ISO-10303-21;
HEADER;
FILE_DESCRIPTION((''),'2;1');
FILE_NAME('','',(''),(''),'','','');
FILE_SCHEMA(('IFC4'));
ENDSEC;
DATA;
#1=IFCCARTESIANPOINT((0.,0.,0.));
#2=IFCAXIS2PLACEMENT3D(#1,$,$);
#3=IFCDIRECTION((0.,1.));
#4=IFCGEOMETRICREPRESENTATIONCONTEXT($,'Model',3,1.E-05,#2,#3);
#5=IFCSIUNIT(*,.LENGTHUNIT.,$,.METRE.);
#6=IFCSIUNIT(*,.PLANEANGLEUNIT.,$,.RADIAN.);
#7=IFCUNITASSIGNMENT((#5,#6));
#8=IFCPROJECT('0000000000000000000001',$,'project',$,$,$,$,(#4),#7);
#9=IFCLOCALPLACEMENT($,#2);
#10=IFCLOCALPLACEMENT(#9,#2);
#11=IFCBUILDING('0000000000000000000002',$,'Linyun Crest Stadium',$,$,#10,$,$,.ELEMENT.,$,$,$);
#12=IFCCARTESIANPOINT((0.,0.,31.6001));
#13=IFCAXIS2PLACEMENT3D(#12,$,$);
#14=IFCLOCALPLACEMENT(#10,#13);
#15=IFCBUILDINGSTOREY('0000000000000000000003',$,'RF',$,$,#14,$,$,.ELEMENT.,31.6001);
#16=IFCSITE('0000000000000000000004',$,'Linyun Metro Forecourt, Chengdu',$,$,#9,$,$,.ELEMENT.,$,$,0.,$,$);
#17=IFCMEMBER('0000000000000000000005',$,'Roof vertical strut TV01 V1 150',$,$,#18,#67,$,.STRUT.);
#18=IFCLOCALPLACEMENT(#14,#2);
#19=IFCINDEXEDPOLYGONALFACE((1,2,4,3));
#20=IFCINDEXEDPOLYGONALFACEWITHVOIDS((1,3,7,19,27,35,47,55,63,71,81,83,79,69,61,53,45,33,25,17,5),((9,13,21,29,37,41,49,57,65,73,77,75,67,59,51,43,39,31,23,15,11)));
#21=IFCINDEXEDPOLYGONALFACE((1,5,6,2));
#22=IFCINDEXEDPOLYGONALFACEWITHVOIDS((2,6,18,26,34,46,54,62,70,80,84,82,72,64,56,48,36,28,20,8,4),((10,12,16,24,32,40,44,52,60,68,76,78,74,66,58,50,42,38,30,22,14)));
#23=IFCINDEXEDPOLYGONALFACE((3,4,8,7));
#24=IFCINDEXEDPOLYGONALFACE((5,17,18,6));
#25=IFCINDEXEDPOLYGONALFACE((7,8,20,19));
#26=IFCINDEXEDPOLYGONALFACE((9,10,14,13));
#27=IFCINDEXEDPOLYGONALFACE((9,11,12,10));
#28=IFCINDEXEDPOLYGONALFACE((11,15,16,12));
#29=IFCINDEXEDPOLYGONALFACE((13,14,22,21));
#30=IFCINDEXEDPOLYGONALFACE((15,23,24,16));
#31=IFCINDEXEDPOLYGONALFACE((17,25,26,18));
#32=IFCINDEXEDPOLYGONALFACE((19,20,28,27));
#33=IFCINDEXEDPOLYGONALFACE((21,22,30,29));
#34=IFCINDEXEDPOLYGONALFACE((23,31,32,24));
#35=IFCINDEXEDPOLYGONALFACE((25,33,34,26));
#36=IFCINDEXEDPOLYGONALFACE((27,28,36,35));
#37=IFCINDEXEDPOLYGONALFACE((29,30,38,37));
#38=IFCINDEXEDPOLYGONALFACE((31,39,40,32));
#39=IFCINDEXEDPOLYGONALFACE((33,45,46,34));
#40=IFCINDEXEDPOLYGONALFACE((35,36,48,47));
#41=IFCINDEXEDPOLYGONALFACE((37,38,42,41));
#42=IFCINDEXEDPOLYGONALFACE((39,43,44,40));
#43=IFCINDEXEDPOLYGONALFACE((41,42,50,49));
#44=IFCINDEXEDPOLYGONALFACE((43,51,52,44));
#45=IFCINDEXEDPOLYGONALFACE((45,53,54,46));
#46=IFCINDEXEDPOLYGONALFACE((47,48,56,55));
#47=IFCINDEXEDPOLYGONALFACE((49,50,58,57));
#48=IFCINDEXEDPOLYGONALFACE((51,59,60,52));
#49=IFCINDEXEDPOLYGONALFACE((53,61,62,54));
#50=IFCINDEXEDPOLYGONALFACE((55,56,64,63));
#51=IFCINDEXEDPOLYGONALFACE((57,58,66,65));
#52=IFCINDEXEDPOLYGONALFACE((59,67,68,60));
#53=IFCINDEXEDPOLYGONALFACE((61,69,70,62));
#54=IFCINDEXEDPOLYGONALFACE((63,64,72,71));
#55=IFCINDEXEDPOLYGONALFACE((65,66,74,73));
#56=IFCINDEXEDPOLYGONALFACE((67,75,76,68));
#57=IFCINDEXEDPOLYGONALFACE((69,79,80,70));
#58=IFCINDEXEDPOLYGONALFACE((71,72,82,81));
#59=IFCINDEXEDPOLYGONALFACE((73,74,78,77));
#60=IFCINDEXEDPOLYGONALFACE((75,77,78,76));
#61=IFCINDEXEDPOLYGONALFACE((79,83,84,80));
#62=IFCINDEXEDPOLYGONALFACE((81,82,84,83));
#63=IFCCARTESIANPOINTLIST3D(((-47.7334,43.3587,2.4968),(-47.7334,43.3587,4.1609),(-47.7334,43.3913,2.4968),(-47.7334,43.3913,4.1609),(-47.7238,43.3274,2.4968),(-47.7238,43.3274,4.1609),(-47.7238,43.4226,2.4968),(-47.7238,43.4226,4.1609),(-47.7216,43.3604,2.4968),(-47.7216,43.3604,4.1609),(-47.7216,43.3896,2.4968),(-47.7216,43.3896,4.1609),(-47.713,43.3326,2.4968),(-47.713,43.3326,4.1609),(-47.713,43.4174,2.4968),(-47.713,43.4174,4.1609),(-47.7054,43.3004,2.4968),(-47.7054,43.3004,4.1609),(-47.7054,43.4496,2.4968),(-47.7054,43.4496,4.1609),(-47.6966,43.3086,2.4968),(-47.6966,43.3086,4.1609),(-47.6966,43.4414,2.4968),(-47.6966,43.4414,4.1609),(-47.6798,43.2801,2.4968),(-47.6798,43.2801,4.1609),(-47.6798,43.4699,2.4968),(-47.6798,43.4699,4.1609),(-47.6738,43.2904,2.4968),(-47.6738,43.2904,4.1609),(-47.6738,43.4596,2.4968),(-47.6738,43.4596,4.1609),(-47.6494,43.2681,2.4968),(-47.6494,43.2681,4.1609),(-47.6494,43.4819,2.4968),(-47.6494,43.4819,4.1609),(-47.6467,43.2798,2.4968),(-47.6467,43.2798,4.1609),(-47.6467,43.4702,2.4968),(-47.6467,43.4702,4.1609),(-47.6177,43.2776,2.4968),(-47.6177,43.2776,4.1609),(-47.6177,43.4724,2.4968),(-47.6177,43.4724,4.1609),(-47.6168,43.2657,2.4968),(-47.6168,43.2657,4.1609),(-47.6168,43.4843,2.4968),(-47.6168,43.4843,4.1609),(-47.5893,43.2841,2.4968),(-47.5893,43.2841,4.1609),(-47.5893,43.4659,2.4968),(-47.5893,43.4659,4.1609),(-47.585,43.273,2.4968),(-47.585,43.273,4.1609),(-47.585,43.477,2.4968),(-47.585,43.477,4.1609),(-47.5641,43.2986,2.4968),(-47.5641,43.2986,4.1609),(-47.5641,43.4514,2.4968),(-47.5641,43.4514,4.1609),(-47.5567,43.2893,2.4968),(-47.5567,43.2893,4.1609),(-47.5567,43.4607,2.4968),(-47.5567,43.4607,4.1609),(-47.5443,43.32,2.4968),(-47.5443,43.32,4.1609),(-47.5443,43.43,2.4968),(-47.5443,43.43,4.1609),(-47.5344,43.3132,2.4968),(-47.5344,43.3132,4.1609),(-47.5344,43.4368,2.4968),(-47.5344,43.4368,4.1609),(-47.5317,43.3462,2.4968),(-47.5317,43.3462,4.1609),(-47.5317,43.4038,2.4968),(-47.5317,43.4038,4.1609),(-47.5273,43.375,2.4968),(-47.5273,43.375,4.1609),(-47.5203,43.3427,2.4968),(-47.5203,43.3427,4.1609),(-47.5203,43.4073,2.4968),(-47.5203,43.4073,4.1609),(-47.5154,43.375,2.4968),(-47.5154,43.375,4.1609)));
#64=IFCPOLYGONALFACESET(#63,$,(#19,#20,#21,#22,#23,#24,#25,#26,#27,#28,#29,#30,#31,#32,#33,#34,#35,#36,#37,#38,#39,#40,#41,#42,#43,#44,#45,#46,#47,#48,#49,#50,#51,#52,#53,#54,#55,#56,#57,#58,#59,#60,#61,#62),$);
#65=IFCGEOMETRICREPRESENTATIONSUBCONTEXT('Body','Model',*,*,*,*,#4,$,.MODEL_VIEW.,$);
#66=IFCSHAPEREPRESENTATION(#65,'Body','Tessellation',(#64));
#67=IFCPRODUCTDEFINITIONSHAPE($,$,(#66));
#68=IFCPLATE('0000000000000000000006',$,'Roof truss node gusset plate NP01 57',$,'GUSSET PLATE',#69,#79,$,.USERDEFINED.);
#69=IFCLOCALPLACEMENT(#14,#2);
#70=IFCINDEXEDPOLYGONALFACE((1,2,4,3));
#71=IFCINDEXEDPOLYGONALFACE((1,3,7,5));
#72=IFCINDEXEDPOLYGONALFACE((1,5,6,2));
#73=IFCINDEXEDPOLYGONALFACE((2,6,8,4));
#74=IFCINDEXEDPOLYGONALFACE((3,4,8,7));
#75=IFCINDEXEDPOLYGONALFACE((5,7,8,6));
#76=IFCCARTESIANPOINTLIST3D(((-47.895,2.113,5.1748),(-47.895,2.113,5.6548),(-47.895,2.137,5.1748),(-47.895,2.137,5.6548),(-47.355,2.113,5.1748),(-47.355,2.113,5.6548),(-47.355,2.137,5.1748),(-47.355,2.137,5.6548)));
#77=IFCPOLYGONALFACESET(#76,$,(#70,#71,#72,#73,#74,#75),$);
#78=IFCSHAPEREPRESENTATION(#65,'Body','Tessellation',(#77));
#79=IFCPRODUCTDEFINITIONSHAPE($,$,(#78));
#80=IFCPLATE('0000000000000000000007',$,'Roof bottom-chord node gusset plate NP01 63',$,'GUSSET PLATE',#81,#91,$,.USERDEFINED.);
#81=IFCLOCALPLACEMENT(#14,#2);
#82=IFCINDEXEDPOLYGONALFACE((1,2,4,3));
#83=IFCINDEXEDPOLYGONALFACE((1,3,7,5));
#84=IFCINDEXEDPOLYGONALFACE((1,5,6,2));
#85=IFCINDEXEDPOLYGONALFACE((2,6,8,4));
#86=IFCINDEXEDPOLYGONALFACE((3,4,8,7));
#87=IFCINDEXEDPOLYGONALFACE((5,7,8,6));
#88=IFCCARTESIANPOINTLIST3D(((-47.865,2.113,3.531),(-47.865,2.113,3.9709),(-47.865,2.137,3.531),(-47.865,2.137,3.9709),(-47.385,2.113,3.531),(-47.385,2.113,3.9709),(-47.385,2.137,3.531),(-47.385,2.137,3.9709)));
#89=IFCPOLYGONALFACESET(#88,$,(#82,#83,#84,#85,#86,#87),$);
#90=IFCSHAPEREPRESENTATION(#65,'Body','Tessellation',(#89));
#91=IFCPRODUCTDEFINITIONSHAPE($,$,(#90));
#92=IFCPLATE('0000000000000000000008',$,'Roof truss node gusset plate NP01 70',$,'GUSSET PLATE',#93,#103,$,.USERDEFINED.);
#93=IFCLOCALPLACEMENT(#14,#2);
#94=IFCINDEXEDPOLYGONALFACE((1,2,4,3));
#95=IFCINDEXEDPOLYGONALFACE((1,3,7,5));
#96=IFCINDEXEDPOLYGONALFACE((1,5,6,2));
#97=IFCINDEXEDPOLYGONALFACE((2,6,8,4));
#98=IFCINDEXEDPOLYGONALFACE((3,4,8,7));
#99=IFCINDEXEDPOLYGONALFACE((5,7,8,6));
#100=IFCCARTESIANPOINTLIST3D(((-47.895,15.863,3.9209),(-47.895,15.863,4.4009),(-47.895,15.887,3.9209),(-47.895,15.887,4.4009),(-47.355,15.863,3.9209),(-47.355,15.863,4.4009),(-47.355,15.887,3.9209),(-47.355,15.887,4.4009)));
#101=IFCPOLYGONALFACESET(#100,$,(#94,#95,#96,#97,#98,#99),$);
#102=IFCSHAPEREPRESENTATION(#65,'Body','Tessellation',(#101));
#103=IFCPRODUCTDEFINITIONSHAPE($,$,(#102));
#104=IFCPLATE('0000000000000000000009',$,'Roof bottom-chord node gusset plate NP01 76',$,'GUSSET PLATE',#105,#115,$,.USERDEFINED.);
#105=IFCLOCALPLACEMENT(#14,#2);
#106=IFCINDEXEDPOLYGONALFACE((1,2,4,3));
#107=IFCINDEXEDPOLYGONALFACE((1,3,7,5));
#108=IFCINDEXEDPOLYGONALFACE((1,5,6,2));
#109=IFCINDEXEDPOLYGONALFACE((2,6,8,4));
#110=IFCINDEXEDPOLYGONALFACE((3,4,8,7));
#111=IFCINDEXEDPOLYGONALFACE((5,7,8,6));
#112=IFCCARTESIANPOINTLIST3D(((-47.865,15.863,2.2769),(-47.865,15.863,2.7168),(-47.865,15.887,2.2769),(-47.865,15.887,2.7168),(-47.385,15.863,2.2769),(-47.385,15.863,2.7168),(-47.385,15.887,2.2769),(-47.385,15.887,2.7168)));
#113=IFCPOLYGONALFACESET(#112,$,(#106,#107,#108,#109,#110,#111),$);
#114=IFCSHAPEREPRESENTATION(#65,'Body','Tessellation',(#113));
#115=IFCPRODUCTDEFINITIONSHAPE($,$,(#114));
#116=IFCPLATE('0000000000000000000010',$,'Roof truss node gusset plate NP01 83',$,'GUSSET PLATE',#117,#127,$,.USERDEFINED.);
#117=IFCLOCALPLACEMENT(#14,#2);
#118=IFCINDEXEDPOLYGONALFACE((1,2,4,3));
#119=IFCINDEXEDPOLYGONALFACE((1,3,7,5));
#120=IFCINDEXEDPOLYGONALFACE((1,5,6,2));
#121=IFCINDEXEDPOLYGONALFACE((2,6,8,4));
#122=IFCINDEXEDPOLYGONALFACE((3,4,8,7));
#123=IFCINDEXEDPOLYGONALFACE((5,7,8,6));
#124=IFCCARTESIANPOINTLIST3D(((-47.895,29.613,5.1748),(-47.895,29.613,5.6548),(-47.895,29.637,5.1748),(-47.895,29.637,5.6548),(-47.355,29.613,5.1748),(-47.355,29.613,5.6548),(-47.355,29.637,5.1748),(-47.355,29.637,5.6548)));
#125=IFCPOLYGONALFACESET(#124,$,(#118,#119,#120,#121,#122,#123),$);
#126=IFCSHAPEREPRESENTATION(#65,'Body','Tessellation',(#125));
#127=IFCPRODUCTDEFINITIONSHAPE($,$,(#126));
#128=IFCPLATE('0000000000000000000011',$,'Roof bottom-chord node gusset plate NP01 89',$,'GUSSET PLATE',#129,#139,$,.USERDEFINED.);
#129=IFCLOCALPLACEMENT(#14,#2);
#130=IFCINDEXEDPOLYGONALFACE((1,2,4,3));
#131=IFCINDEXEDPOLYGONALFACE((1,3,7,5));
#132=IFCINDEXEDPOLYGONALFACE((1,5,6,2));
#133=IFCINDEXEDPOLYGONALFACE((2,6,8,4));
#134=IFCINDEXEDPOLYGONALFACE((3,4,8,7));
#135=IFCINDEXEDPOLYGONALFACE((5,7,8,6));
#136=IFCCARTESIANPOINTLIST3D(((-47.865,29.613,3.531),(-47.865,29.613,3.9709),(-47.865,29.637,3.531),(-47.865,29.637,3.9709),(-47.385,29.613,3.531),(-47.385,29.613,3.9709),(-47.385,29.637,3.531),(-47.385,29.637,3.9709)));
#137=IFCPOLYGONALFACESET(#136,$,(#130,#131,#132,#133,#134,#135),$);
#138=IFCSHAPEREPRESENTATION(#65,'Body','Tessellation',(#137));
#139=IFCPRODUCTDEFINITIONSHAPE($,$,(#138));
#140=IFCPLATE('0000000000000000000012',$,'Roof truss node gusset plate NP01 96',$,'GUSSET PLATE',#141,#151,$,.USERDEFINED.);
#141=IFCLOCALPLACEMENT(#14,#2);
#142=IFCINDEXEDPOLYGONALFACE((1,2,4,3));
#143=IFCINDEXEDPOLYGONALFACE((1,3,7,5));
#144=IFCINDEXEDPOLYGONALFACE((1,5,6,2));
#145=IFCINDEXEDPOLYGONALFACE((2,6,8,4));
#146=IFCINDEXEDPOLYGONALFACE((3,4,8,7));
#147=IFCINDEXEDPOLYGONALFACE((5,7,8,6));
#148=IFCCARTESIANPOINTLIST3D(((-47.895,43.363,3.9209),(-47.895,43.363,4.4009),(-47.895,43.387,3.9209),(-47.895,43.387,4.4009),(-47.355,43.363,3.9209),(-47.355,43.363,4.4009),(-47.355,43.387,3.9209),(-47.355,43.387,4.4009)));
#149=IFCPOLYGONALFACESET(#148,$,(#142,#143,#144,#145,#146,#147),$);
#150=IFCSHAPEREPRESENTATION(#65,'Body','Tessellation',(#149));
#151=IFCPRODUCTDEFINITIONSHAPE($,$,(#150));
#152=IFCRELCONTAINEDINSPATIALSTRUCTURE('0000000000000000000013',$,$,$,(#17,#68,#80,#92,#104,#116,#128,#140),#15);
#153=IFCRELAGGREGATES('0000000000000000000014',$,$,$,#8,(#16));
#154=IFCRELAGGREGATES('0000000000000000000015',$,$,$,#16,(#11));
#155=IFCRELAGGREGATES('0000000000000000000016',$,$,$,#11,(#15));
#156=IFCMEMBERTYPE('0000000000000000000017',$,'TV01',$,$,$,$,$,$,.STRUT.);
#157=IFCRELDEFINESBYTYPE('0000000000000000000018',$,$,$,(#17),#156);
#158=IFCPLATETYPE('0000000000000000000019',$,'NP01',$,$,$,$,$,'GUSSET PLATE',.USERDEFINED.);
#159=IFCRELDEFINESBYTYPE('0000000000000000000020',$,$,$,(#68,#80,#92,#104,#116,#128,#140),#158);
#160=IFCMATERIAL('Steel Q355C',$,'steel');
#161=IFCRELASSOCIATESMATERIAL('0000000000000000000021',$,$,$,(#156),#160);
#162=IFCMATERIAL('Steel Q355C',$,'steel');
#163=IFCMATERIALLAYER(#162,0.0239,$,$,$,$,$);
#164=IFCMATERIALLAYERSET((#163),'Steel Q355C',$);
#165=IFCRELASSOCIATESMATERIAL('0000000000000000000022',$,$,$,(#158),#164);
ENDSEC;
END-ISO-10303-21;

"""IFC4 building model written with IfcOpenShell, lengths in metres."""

from ifc_helpers import new_model, si_unit, direction, frame, origin, origin_2d, place, context, subcontext, project, spatial, rectangle, hollow_circle, extrude, material, layer, layer_set, material_profile, profile_set, type_object, element, save


model = new_model("IFC4")

# Units and contexts
model_context = context("Model", 3, precision=1e-05, world=origin(), true_north=direction((0.0, 1.0)))
body_context = subcontext(model_context, "Body", "Model", "MODEL_VIEW")
ifc_project = project(units=[si_unit("LENGTHUNIT", "METRE"), si_unit("PLANEANGLEUNIT", "RADIAN")], contexts=[model_context])

# Site, building, storey
site_placement = place(None, origin())
site = spatial("IfcSite", under=ifc_project, at=site_placement, Name="Linyun Metro Forecourt, Chengdu", CompositionType="ELEMENT", RefElevation=0.0)
building_placement = place(site_placement, origin())
building = spatial("IfcBuilding", under=site, at=building_placement, Name="Linyun Crest Stadium", CompositionType="ELEMENT")
storey_placement = place(building_placement, frame((0.0, 0.0, 31.6001)))
storey = spatial("IfcBuildingStorey", under=building, at=storey_placement, Name="RF", CompositionType="ELEMENT", Elevation=31.6001)

# Member
ifc_material_1 = material(Name="Steel Q355C", Category="steel")
ifc_material_profile_1 = material_profile(ifc_material_1, hollow_circle(Radius=0.1096, WallThickness=0.012, at=origin_2d()), Name="CHS 219x12")
ifc_profile_set_1 = profile_set([ifc_material_profile_1], Name="Steel Q355C")
member_type_1 = type_object("IfcMemberType", Name="TV01", PredefinedType="STRUT", material=ifc_profile_set_1)
member_1_placement = place(storey_placement, frame((-47.625, 43.375, 2.4968), z_axis=(0.0, 0.0, 1.0), x_axis=(1.0, 0.0, 0.0)))
element("IfcMember", 1, at=member_1_placement, inside=storey, type_object=member_type_1, Name="Roof vertical strut TV01 V1 150", PredefinedType="STRUT", context=body_context, shape_type="SweptSolid", body=[
    extrude(hollow_circle(Radius=0.1096, WallThickness=0.012, at=origin_2d()), origin(), (0.0, 0.0, 1.0), 1.6641),
])

# Plates
ifc_material_2 = material(Name="Steel Q355C", Category="steel")
ifc_layer = layer(ifc_material_2, 0.0239)
ifc_layer_set = layer_set([ifc_layer], Name="Steel Q355C")
plate_type = type_object("IfcPlateType", Name="NP01", ElementType="GUSSET PLATE", PredefinedType="USERDEFINED", material=ifc_layer_set)
plate_1_placement = place(storey_placement, frame((-47.625, 2.125, 5.1748), z_axis=(0.0, 0.0, 1.0), x_axis=(1.0, 0.0, 0.0)))
element("IfcPlate", 2, at=plate_1_placement, inside=storey, type_object=plate_type, Name="Roof truss node gusset plate NP01 57", ObjectType="GUSSET PLATE", PredefinedType="USERDEFINED", context=body_context, shape_type="SweptSolid", body=[
    extrude(rectangle(XDim=0.54, YDim=0.0239, at=origin_2d()), origin(), (0.0, 0.0, 1.0), 0.48),
])
plate_2_placement = place(storey_placement, frame((-47.625, 2.125, 3.531), z_axis=(0.0, 0.0, 1.0), x_axis=(1.0, 0.0, 0.0)))
element("IfcPlate", 3, at=plate_2_placement, inside=storey, type_object=plate_type, Name="Roof bottom-chord node gusset plate NP01 63", ObjectType="GUSSET PLATE", PredefinedType="USERDEFINED", context=body_context, shape_type="SweptSolid", body=[
    extrude(rectangle(XDim=0.48, YDim=0.0239, at=origin_2d()), origin(), (0.0, 0.0, 1.0), 0.4399),
])
plate_3_placement = place(storey_placement, frame((-47.625, 15.875, 3.9209), z_axis=(0.0, 0.0, 1.0), x_axis=(1.0, 0.0, 0.0)))
element("IfcPlate", 4, at=plate_3_placement, inside=storey, type_object=plate_type, Name="Roof truss node gusset plate NP01 70", ObjectType="GUSSET PLATE", PredefinedType="USERDEFINED", context=body_context, shape_type="SweptSolid", body=[
    extrude(rectangle(XDim=0.54, YDim=0.0239, at=origin_2d()), origin(), (0.0, 0.0, 1.0), 0.48),
])
plate_4_placement = place(storey_placement, frame((-47.625, 15.875, 2.2769), z_axis=(0.0, 0.0, 1.0), x_axis=(1.0, 0.0, 0.0)))
element("IfcPlate", 5, at=plate_4_placement, inside=storey, type_object=plate_type, Name="Roof bottom-chord node gusset plate NP01 76", ObjectType="GUSSET PLATE", PredefinedType="USERDEFINED", context=body_context, shape_type="SweptSolid", body=[
    extrude(rectangle(XDim=0.48, YDim=0.0239, at=origin_2d()), origin(), (0.0, 0.0, 1.0), 0.4399),
])
plate_5_placement = place(storey_placement, frame((-47.625, 29.625, 5.1748), z_axis=(0.0, 0.0, 1.0), x_axis=(1.0, 0.0, 0.0)))
element("IfcPlate", 6, at=plate_5_placement, inside=storey, type_object=plate_type, Name="Roof truss node gusset plate NP01 83", ObjectType="GUSSET PLATE", PredefinedType="USERDEFINED", context=body_context, shape_type="SweptSolid", body=[
    extrude(rectangle(XDim=0.54, YDim=0.0239, at=origin_2d()), origin(), (0.0, 0.0, 1.0), 0.48),
])
plate_6_placement = place(storey_placement, frame((-47.625, 29.625, 3.531), z_axis=(0.0, 0.0, 1.0), x_axis=(1.0, 0.0, 0.0)))
element("IfcPlate", 7, at=plate_6_placement, inside=storey, type_object=plate_type, Name="Roof bottom-chord node gusset plate NP01 89", ObjectType="GUSSET PLATE", PredefinedType="USERDEFINED", context=body_context, shape_type="SweptSolid", body=[
    extrude(rectangle(XDim=0.48, YDim=0.0239, at=origin_2d()), origin(), (0.0, 0.0, 1.0), 0.4399),
])
plate_7_placement = place(storey_placement, frame((-47.625, 43.375, 3.9209), z_axis=(0.0, 0.0, 1.0), x_axis=(1.0, 0.0, 0.0)))
element("IfcPlate", 8, at=plate_7_placement, inside=storey, type_object=plate_type, Name="Roof truss node gusset plate NP01 96", ObjectType="GUSSET PLATE", PredefinedType="USERDEFINED", context=body_context, shape_type="SweptSolid", body=[
    extrude(rectangle(XDim=0.54, YDim=0.0239, at=origin_2d()), origin(), (0.0, 0.0, 1.0), 0.48),
])

save(model, "model.ifc")
